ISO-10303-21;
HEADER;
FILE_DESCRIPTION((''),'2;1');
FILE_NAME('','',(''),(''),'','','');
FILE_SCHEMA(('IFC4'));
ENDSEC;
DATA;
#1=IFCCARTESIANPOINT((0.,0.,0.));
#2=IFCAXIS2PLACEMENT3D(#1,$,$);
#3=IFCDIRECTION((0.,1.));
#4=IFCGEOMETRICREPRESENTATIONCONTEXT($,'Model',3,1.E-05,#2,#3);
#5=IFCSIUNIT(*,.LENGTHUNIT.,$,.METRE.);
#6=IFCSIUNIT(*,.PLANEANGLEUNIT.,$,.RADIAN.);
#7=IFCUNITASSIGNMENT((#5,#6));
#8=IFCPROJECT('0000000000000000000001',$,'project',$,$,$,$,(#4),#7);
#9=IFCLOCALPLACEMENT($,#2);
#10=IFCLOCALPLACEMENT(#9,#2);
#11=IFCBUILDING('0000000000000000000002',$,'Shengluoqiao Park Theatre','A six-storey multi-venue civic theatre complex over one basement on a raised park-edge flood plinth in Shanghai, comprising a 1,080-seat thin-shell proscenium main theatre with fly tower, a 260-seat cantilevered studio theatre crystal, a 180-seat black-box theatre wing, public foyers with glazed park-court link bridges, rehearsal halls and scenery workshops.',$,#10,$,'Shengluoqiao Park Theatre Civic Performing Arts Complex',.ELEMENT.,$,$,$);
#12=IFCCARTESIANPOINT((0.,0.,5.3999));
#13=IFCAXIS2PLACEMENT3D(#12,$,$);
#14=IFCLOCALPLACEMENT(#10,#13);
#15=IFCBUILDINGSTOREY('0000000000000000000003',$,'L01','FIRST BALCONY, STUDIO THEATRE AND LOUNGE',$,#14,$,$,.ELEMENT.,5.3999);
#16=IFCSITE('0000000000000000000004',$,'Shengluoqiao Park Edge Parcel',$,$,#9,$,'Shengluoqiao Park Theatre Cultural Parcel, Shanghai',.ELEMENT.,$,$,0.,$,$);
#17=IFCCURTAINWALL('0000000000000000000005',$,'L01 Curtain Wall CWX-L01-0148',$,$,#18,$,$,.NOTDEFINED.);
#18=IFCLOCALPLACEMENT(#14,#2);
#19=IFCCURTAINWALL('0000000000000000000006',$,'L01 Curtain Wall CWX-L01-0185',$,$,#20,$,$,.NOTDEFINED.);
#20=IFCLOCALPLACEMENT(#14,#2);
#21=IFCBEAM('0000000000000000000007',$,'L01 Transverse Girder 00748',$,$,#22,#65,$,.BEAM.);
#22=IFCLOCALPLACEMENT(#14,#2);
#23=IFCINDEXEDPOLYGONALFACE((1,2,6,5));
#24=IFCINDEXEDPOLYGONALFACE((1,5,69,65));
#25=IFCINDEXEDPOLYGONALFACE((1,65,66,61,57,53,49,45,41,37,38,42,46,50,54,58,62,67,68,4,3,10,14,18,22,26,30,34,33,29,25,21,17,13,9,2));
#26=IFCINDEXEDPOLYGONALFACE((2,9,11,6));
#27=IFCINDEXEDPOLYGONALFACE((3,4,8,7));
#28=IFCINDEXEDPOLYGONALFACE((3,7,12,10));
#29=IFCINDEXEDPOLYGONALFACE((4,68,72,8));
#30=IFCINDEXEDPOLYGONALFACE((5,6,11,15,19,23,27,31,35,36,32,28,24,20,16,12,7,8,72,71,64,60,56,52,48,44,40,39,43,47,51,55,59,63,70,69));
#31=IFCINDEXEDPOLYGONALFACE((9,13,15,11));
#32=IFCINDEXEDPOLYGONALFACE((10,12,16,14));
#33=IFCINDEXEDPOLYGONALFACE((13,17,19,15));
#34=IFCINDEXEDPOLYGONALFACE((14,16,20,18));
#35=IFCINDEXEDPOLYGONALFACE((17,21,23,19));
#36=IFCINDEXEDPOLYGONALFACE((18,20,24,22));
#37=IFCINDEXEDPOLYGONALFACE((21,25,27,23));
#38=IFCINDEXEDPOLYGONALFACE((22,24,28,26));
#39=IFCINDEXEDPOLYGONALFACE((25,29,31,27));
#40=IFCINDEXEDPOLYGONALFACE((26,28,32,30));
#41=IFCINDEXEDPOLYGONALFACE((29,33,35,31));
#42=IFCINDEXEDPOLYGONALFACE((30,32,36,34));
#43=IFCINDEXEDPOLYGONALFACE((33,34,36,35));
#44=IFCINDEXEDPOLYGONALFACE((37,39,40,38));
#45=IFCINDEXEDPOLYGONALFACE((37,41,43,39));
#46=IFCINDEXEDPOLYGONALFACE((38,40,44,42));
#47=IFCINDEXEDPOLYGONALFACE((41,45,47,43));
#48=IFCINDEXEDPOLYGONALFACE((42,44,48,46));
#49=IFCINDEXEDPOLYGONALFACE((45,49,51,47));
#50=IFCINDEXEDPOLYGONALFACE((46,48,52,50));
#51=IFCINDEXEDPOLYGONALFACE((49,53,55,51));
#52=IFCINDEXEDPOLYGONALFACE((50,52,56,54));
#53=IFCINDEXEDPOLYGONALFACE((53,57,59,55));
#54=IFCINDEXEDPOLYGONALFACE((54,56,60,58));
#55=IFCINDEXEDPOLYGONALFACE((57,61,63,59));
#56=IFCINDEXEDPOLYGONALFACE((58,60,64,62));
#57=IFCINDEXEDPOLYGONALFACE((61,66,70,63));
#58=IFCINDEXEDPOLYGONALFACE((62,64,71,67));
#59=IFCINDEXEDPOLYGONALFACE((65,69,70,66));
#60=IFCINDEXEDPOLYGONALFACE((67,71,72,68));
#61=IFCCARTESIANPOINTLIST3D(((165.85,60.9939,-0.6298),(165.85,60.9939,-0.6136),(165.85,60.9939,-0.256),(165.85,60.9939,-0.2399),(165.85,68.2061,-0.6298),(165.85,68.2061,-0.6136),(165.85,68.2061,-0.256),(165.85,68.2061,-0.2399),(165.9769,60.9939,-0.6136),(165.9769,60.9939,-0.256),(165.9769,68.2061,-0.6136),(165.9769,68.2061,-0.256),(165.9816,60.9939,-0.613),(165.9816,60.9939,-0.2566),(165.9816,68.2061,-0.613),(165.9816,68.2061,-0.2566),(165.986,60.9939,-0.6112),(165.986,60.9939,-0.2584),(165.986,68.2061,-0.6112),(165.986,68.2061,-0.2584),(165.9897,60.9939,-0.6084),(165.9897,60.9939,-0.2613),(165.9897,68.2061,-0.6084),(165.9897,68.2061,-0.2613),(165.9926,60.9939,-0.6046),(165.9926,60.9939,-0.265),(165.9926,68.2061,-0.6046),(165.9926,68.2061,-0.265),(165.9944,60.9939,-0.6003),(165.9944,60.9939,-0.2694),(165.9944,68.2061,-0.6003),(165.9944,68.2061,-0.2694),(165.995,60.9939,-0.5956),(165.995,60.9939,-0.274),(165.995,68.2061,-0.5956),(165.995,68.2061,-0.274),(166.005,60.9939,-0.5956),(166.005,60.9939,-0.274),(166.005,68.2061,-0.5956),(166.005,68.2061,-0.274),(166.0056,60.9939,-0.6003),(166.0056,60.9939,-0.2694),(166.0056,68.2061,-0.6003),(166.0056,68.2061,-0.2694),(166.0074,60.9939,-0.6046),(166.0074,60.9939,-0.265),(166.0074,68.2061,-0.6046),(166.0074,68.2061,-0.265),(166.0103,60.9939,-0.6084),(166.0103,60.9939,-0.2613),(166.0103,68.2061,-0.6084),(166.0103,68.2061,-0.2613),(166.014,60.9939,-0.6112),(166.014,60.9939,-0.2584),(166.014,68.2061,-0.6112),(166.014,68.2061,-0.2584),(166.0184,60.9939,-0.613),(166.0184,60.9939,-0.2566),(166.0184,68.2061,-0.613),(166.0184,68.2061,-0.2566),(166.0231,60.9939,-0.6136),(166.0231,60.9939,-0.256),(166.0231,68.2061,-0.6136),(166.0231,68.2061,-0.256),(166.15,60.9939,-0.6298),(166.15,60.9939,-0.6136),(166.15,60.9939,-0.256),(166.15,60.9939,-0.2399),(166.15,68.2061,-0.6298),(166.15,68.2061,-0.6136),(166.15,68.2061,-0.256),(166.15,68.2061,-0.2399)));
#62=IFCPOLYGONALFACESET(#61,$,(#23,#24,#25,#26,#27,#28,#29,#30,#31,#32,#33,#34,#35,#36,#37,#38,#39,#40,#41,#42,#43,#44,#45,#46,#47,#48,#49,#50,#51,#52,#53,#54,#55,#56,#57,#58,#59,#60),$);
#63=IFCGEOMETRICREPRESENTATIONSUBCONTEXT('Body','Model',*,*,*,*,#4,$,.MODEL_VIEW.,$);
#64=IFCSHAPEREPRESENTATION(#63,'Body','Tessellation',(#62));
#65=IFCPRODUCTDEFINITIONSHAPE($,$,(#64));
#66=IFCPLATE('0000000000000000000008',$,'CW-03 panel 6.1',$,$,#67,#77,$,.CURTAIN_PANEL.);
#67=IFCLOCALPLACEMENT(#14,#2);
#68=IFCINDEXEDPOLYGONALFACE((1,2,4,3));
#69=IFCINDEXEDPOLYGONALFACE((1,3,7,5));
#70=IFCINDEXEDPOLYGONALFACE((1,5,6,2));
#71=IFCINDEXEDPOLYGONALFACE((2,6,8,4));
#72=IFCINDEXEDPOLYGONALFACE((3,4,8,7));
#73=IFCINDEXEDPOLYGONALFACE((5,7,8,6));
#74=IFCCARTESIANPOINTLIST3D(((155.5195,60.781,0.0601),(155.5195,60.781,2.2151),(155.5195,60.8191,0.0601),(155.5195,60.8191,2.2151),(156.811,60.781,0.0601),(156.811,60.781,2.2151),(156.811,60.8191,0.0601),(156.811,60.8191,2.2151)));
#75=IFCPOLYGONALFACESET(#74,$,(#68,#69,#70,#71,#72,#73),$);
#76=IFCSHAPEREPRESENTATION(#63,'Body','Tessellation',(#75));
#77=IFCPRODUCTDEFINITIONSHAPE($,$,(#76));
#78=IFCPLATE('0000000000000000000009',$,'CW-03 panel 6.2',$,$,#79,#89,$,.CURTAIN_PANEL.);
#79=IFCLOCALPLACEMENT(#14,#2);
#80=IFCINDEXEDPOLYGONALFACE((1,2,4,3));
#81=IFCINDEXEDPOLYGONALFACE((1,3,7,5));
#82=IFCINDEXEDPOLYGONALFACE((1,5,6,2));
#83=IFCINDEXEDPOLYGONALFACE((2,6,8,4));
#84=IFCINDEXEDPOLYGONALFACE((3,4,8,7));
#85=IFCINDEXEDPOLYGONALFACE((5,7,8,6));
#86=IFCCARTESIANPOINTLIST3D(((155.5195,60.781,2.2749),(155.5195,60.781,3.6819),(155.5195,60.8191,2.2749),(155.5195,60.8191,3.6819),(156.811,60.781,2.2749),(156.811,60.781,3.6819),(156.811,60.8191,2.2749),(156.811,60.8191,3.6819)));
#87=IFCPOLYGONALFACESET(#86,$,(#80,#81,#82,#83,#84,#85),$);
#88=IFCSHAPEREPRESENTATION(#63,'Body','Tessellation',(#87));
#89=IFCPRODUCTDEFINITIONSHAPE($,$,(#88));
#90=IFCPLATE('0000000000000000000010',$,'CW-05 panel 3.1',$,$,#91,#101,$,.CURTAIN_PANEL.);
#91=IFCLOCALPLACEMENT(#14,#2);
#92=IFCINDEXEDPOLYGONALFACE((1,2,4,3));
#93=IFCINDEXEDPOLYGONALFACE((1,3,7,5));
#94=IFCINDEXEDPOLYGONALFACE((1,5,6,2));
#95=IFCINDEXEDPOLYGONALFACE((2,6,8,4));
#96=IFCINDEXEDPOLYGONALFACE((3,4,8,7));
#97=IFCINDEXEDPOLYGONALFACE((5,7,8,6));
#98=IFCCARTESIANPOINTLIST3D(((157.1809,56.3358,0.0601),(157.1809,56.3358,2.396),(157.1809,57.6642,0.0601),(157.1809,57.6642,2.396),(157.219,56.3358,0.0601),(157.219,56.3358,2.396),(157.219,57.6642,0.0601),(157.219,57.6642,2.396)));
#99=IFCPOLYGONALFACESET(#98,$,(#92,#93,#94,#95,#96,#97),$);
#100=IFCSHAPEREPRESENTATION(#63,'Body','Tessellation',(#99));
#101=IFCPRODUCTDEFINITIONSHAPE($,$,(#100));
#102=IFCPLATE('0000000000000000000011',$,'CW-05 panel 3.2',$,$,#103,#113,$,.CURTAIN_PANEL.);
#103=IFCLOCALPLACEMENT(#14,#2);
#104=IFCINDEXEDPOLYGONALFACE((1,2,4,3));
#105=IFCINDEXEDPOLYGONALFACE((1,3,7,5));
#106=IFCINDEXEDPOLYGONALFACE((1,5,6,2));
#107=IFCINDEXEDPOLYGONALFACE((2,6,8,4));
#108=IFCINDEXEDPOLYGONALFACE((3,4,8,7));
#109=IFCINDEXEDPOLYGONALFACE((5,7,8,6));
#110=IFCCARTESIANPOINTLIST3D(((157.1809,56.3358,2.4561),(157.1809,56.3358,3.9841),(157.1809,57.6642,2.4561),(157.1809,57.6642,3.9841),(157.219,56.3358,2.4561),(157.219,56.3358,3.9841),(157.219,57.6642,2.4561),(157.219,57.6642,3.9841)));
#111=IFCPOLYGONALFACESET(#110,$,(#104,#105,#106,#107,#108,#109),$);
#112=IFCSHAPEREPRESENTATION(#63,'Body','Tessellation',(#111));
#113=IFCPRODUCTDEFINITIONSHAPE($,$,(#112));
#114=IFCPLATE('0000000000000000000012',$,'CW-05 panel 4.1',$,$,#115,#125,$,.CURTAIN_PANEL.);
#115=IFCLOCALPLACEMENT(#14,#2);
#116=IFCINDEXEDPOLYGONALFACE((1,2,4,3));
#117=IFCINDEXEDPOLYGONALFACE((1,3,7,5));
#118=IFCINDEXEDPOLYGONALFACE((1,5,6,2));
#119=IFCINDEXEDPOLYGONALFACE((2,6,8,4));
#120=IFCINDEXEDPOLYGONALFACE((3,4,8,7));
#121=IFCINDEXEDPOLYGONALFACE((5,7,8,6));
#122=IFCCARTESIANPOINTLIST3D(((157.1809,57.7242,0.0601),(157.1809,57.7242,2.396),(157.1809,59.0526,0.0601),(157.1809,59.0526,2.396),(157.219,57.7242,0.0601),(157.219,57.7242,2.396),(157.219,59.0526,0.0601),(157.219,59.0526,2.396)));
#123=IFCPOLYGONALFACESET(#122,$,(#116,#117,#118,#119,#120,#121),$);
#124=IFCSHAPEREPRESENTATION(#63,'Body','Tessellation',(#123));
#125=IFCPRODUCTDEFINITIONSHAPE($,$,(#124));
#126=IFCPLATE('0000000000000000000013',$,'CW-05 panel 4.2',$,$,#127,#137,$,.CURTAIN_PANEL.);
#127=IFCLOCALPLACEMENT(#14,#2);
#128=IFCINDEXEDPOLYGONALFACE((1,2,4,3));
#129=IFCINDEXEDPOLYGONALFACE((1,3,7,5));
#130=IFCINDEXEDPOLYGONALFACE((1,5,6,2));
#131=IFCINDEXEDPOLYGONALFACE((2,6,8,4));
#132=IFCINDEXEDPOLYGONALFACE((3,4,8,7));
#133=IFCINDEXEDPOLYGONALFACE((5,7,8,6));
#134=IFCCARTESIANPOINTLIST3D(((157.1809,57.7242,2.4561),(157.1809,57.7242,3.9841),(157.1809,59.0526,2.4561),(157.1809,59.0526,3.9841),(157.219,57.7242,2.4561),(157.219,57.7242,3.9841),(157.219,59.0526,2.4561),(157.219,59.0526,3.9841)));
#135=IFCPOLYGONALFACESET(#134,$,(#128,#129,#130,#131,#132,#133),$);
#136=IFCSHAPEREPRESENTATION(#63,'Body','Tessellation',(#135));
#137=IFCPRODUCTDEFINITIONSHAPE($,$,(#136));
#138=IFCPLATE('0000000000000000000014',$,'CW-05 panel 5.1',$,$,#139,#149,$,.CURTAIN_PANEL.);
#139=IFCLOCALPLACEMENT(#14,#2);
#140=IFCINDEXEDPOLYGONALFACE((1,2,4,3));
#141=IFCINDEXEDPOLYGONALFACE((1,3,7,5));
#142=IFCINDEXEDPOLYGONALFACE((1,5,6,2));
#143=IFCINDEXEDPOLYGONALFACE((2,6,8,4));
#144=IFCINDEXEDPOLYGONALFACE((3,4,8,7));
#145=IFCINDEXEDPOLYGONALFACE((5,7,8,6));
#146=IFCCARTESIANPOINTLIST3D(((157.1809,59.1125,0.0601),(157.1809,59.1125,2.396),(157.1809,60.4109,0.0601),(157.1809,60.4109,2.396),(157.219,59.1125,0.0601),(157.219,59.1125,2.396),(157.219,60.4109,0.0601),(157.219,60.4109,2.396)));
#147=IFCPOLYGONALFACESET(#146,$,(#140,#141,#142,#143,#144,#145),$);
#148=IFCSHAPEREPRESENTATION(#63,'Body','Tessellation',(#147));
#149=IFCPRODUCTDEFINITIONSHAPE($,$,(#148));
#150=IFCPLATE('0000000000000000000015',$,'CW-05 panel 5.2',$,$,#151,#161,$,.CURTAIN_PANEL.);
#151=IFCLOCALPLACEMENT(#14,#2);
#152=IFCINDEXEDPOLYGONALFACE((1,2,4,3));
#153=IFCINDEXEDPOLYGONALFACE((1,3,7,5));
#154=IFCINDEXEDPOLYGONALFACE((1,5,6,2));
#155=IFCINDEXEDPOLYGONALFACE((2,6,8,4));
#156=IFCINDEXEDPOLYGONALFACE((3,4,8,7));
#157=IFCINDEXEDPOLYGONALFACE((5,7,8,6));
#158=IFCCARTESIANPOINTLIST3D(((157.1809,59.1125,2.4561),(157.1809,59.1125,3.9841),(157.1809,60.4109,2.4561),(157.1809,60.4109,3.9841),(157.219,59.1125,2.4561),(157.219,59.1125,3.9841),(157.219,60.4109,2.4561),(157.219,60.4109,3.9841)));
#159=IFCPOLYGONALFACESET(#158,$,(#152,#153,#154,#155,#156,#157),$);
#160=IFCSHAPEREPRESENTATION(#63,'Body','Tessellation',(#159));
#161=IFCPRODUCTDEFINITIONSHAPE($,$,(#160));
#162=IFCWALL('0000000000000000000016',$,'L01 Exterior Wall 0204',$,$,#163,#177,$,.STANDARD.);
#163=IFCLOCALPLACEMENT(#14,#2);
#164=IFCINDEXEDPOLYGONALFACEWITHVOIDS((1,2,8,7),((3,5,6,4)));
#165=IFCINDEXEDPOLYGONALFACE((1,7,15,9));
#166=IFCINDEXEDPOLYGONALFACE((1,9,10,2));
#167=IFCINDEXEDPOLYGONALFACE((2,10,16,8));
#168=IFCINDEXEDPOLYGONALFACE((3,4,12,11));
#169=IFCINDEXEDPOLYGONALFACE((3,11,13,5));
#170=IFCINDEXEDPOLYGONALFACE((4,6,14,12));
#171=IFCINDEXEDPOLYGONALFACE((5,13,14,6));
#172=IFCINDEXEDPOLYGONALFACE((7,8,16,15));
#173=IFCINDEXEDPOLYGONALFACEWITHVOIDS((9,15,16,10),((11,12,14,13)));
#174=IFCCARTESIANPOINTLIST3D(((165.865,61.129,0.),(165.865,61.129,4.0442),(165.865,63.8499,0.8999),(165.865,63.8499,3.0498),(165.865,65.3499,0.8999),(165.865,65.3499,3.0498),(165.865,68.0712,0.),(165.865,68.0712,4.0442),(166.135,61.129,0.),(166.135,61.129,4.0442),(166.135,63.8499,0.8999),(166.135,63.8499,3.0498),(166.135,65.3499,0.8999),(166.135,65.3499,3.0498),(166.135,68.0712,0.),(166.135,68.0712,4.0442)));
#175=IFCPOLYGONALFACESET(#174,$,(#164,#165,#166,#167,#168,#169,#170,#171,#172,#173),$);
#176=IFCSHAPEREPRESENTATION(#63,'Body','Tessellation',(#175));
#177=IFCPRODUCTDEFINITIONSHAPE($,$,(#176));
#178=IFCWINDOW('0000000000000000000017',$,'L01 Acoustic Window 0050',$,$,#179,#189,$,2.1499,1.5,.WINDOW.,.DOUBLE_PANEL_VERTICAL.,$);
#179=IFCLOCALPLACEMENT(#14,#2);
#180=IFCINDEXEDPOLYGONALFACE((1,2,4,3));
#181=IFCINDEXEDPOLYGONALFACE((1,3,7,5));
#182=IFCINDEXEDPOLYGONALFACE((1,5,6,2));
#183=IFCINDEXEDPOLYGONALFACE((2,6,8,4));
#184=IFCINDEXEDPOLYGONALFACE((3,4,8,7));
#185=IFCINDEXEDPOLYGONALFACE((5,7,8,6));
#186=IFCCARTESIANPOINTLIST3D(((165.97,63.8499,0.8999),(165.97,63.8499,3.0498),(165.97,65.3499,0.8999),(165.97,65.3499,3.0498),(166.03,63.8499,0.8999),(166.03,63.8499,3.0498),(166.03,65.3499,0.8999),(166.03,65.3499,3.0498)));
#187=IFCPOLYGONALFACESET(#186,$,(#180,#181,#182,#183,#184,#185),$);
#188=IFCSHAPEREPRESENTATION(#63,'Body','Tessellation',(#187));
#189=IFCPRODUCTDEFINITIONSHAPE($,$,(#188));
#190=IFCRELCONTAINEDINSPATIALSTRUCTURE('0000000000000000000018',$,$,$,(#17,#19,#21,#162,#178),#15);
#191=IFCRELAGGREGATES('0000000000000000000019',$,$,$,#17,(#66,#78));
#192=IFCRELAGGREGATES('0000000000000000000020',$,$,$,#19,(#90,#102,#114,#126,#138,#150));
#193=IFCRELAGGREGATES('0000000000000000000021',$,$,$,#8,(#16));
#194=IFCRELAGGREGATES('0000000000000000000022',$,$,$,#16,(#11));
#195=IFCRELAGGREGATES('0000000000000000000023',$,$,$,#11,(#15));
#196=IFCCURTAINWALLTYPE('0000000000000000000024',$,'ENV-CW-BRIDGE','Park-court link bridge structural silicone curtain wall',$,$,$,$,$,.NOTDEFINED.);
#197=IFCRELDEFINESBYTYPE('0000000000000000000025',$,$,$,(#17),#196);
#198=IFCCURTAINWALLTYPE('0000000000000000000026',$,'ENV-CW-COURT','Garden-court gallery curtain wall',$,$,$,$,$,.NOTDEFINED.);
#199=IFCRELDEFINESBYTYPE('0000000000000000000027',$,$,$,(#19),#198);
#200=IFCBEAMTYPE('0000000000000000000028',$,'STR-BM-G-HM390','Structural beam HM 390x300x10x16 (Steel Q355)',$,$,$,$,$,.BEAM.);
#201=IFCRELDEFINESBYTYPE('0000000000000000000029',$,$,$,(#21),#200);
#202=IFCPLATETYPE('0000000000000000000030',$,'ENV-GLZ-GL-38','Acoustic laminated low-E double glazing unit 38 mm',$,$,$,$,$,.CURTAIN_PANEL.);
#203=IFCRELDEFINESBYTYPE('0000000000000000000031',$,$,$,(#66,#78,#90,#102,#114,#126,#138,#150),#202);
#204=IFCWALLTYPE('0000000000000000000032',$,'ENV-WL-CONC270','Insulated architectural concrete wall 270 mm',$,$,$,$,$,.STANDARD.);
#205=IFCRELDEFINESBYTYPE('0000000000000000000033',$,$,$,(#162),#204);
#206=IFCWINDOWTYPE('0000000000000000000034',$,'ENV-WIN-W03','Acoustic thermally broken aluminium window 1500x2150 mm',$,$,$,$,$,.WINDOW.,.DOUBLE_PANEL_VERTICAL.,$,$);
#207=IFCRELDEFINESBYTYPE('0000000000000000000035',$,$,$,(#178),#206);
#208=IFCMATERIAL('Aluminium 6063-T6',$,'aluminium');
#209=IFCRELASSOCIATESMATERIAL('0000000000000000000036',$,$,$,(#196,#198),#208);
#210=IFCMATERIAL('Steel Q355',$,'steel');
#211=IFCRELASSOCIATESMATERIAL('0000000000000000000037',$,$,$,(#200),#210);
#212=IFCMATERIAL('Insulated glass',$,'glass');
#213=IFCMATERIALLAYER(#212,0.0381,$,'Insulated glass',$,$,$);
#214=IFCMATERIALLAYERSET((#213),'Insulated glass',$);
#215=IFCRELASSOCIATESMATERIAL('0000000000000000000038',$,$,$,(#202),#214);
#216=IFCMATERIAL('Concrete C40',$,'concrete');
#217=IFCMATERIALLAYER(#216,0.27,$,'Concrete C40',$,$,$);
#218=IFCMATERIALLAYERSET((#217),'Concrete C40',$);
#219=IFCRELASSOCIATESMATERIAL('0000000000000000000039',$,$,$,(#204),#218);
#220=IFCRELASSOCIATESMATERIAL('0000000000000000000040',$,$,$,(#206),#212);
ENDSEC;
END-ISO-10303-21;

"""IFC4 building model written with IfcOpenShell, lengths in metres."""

from ifc_helpers import new_model, si_unit, direction, frame, frame_2d, origin, origin_2d, place, context, subcontext, project, spatial, rectangle, i_section, extrude, material, layer, layer_set, material_profile, profile_set, type_object, element, fill, aggregate, save


model = new_model("IFC4")

# Units and contexts
model_context = context("Model", 3, precision=1e-05, world=origin(), true_north=direction((0.0, 1.0)))
body_context = subcontext(model_context, "Body", "Model", "MODEL_VIEW")
ifc_project = project(units=[si_unit("LENGTHUNIT", "METRE"), si_unit("PLANEANGLEUNIT", "RADIAN")], contexts=[model_context])

# Site, building, storey
site_placement = place(None, origin())
site = spatial("IfcSite", under=ifc_project, at=site_placement, Name="Shengluoqiao Park Edge Parcel", LongName="Shengluoqiao Park Theatre Cultural Parcel, Shanghai", CompositionType="ELEMENT", RefElevation=0.0)
building_placement = place(site_placement, origin())
building = spatial("IfcBuilding", under=site, at=building_placement, Name="Shengluoqiao Park Theatre", Description="A six-storey multi-venue civic theatre complex over one basement on a raised park-edge flood plinth in Shanghai, comprising a 1,080-seat thin-shell proscenium main theatre with fly tower, a 260-seat cantilevered studio theatre crystal, a 180-seat black-box theatre wing, public foyers with glazed park-court link bridges, rehearsal halls and scenery workshops.", LongName="Shengluoqiao Park Theatre Civic Performing Arts Complex", CompositionType="ELEMENT")
storey_placement = place(building_placement, frame((0.0, 0.0, 5.3999)))
storey = spatial("IfcBuildingStorey", under=building, at=storey_placement, Name="L01", Description="FIRST BALCONY, STUDIO THEATRE AND LOUNGE", CompositionType="ELEMENT", Elevation=5.3999)

# Shared definitions
ifc_material_1 = material(Name="Concrete C40", Category="concrete")

# Curtain wall
ifc_material_2 = material(Name="Aluminium 6063-T6", Category="aluminium")
curtain_wall_type_1 = type_object("IfcCurtainWallType", Name="ENV-CW-BRIDGE", Description="Park-court link bridge structural silicone curtain wall", PredefinedType="NOTDEFINED", material=ifc_material_2)
curtain_wall_1_placement = place(storey_placement, origin())
curtain_wall_1 = element("IfcCurtainWall", 1, at=curtain_wall_1_placement, inside=storey, type_object=curtain_wall_type_1, Name="L01 Curtain Wall CWX-L01-0148", PredefinedType="NOTDEFINED")

# Curtain wall
curtain_wall_type_2 = type_object("IfcCurtainWallType", Name="ENV-CW-COURT", Description="Garden-court gallery curtain wall", PredefinedType="NOTDEFINED", material=ifc_material_2)
curtain_wall_2_placement = place(storey_placement, origin())
curtain_wall_2 = element("IfcCurtainWall", 2, at=curtain_wall_2_placement, inside=storey, type_object=curtain_wall_type_2, Name="L01 Curtain Wall CWX-L01-0185", PredefinedType="NOTDEFINED")

# Beam
ifc_material_3 = material(Name="Steel Q355", Category="steel")
ifc_material_profile_1 = material_profile(ifc_material_3, i_section(OverallWidth=0.3, OverallDepth=0.3899, WebThickness=0.01, FlangeThickness=0.0161, FilletRadius=0.0181, at=origin_2d()), Name="HM 390x300x10x16")
ifc_profile_set_1 = profile_set([ifc_material_profile_1], Name="Steel Q355")
beam_type = type_object("IfcBeamType", Name="STR-BM-G-HM390", Description="Structural beam HM 390x300x10x16 (Steel Q355)", PredefinedType="BEAM", material=ifc_profile_set_1)
for number, where, z_axis, x_axis, name in (
    (3, (166.0, 60.9939, -0.4348), (0.0, 1.0, 0.0), (-1.0, 0.0, 0.0), "L01 Transverse Girder 00748"),
):
    element("IfcBeam", number, at=place(storey_placement, frame(where, z_axis=z_axis, x_axis=x_axis)), inside=storey, type_object=beam_type, Name=name, PredefinedType="BEAM", context=body_context, shape_type="SweptSolid", body=[
        extrude(i_section(OverallWidth=0.3, OverallDepth=0.3899, WebThickness=0.01, FlangeThickness=0.0161, FilletRadius=0.0181, at=origin_2d()), origin(), (0.0, 0.0, 1.0), 7.2122),
    ])

# Plates
ifc_material_4 = material(Name="Insulated glass", Category="glass")
ifc_layer_1 = layer(ifc_material_4, 0.0381, Name="Insulated glass")
ifc_layer_set_1 = layer_set([ifc_layer_1], Name="Insulated glass")
plate_type = type_object("IfcPlateType", Name="ENV-GLZ-GL-38", Description="Acoustic laminated low-E double glazing unit 38 mm", PredefinedType="CURTAIN_PANEL", material=ifc_layer_set_1)
plate_1_placement = place(storey_placement, frame((156.1653, 60.8, 0.0601), z_axis=(0.0, 0.0, 1.0), x_axis=(1.0, 0.0, 0.0)))
plate_1 = element("IfcPlate", 4, at=plate_1_placement, type_object=plate_type, Name="CW-03 panel 6.1", PredefinedType="CURTAIN_PANEL", context=body_context, shape_type="SweptSolid", body=[
    extrude(rectangle(XDim=1.2915, YDim=0.0381, at=origin_2d()), origin(), (0.0, 0.0, 1.0), 2.155),
])
plate_2_placement = place(storey_placement, frame((156.1653, 60.8, 2.2749), z_axis=(0.0, 0.0, 1.0), x_axis=(1.0, 0.0, 0.0)))
plate_2 = element("IfcPlate", 5, at=plate_2_placement, type_object=plate_type, Name="CW-03 panel 6.2", PredefinedType="CURTAIN_PANEL", context=body_context, shape_type="SweptSolid", body=[
    extrude(rectangle(XDim=1.2915, YDim=0.0381, at=origin_2d()), origin(), (0.0, 0.0, 1.0), 1.407),
])
aggregate(curtain_wall_1, [plate_1, plate_2])
plate_3_placement = place(storey_placement, frame((157.2, 57.0, 0.0601), z_axis=(0.0, 0.0, 1.0), x_axis=(0.0, 1.0, 0.0)))
plate_3 = element("IfcPlate", 6, at=plate_3_placement, type_object=plate_type, Name="CW-05 panel 3.1", PredefinedType="CURTAIN_PANEL", context=body_context, shape_type="SweptSolid", body=[
    extrude(rectangle(XDim=1.3284, YDim=0.0381, at=origin_2d()), origin(), (0.0, 0.0, 1.0), 2.3359),
])
plate_4_placement = place(storey_placement, frame((157.2, 57.0, 2.4561), z_axis=(0.0, 0.0, 1.0), x_axis=(0.0, 1.0, 0.0)))
plate_4 = element("IfcPlate", 7, at=plate_4_placement, type_object=plate_type, Name="CW-05 panel 3.2", PredefinedType="CURTAIN_PANEL", context=body_context, shape_type="SweptSolid", body=[
    extrude(rectangle(XDim=1.3284, YDim=0.0381, at=origin_2d()), origin(), (0.0, 0.0, 1.0), 1.5281),
])
plate_5_placement = place(storey_placement, frame((157.2, 58.3884, 0.0601), z_axis=(0.0, 0.0, 1.0), x_axis=(0.0, 1.0, 0.0)))
plate_5 = element("IfcPlate", 8, at=plate_5_placement, type_object=plate_type, Name="CW-05 panel 4.1", PredefinedType="CURTAIN_PANEL", context=body_context, shape_type="SweptSolid", body=[
    extrude(rectangle(XDim=1.3284, YDim=0.0381, at=origin_2d()), origin(), (0.0, 0.0, 1.0), 2.3359),
])
plate_6_placement = place(storey_placement, frame((157.2, 58.3884, 2.4561), z_axis=(0.0, 0.0, 1.0), x_axis=(0.0, 1.0, 0.0)))
plate_6 = element("IfcPlate", 9, at=plate_6_placement, type_object=plate_type, Name="CW-05 panel 4.2", PredefinedType="CURTAIN_PANEL", context=body_context, shape_type="SweptSolid", body=[
    extrude(rectangle(XDim=1.3284, YDim=0.0381, at=origin_2d()), origin(), (0.0, 0.0, 1.0), 1.5281),
])
plate_7_placement = place(storey_placement, frame((157.2, 59.7617, 0.0601), z_axis=(0.0, 0.0, 1.0), x_axis=(0.0, 1.0, 0.0)))
plate_7 = element("IfcPlate", 10, at=plate_7_placement, type_object=plate_type, Name="CW-05 panel 5.1", PredefinedType="CURTAIN_PANEL", context=body_context, shape_type="SweptSolid", body=[
    extrude(rectangle(XDim=1.2983, YDim=0.0381, at=origin_2d()), origin(), (0.0, 0.0, 1.0), 2.3359),
])
plate_8_placement = place(storey_placement, frame((157.2, 59.7617, 2.4561), z_axis=(0.0, 0.0, 1.0), x_axis=(0.0, 1.0, 0.0)))
plate_8 = element("IfcPlate", 11, at=plate_8_placement, type_object=plate_type, Name="CW-05 panel 5.2", PredefinedType="CURTAIN_PANEL", context=body_context, shape_type="SweptSolid", body=[
    extrude(rectangle(XDim=1.2983, YDim=0.0381, at=origin_2d()), origin(), (0.0, 0.0, 1.0), 1.5281),
])
aggregate(curtain_wall_2, [plate_3, plate_4, plate_5, plate_6, plate_7, plate_8])

# Wall, opening, window
ifc_layer_2 = layer(ifc_material_1, 0.27, Name="Concrete C40")
ifc_layer_set_2 = layer_set([ifc_layer_2], Name="Concrete C40")
wall_type = type_object("IfcWallType", Name="ENV-WL-CONC270", Description="Insulated architectural concrete wall 270 mm", PredefinedType="STANDARD", material=ifc_layer_set_2)
wall_placement = place(storey_placement, frame((166.0, 61.1289, 0.0), z_axis=(0.0, 0.0, 1.0), x_axis=(0.0, 1.0, 0.0)))
wall = element("IfcWall", 12, at=wall_placement, inside=storey, type_object=wall_type, Name="L01 Exterior Wall 0204", PredefinedType="STANDARD", context=body_context, shape_type="SweptSolid", body=[
    extrude(rectangle(XDim=6.9421, YDim=0.27, at=frame_2d((3.4712, 0.0))), origin(), (0.0, 0.0, 1.0), 4.0442),
])
opening_placement = place(wall_placement, frame((2.7209, 0.0, 0.8999)))
opening = element("IfcOpeningElement", 13, at=opening_placement, cuts=wall, PredefinedType="OPENING", context=body_context, shape_type="SweptSolid", body=[
    extrude(rectangle(XDim=1.5, YDim=2.1499, at=frame_2d((0.75, 1.075))), frame((0.0, 0.145, 0.0), z_axis=(0.0, -1.0, 0.0), x_axis=(1.0, 0.0, 0.0)), (0.0, 0.0, 1.0), 0.29),
])
window_type = type_object("IfcWindowType", Name="ENV-WIN-W03", Description="Acoustic thermally broken aluminium window 1500x2150 mm", PartitioningType="DOUBLE_PANEL_VERTICAL", PredefinedType="WINDOW", material=ifc_material_4)
window_placement = place(opening_placement, origin())
window = element("IfcWindow", 14, at=window_placement, inside=storey, type_object=window_type, Name="L01 Acoustic Window 0050", OverallHeight=2.1499, OverallWidth=1.5, PartitioningType="DOUBLE_PANEL_VERTICAL", PredefinedType="WINDOW", context=body_context, shape_type="SweptSolid", body=[
    extrude(rectangle(XDim=1.5, YDim=2.1499, at=frame_2d((0.75, 1.075))), frame((0.0, 0.03, 0.0), z_axis=(0.0, -1.0, 0.0), x_axis=(1.0, 0.0, 0.0)), (0.0, 0.0, 1.0), 0.0601),
])
fill(opening, window)

save(model, "model.ifc")
